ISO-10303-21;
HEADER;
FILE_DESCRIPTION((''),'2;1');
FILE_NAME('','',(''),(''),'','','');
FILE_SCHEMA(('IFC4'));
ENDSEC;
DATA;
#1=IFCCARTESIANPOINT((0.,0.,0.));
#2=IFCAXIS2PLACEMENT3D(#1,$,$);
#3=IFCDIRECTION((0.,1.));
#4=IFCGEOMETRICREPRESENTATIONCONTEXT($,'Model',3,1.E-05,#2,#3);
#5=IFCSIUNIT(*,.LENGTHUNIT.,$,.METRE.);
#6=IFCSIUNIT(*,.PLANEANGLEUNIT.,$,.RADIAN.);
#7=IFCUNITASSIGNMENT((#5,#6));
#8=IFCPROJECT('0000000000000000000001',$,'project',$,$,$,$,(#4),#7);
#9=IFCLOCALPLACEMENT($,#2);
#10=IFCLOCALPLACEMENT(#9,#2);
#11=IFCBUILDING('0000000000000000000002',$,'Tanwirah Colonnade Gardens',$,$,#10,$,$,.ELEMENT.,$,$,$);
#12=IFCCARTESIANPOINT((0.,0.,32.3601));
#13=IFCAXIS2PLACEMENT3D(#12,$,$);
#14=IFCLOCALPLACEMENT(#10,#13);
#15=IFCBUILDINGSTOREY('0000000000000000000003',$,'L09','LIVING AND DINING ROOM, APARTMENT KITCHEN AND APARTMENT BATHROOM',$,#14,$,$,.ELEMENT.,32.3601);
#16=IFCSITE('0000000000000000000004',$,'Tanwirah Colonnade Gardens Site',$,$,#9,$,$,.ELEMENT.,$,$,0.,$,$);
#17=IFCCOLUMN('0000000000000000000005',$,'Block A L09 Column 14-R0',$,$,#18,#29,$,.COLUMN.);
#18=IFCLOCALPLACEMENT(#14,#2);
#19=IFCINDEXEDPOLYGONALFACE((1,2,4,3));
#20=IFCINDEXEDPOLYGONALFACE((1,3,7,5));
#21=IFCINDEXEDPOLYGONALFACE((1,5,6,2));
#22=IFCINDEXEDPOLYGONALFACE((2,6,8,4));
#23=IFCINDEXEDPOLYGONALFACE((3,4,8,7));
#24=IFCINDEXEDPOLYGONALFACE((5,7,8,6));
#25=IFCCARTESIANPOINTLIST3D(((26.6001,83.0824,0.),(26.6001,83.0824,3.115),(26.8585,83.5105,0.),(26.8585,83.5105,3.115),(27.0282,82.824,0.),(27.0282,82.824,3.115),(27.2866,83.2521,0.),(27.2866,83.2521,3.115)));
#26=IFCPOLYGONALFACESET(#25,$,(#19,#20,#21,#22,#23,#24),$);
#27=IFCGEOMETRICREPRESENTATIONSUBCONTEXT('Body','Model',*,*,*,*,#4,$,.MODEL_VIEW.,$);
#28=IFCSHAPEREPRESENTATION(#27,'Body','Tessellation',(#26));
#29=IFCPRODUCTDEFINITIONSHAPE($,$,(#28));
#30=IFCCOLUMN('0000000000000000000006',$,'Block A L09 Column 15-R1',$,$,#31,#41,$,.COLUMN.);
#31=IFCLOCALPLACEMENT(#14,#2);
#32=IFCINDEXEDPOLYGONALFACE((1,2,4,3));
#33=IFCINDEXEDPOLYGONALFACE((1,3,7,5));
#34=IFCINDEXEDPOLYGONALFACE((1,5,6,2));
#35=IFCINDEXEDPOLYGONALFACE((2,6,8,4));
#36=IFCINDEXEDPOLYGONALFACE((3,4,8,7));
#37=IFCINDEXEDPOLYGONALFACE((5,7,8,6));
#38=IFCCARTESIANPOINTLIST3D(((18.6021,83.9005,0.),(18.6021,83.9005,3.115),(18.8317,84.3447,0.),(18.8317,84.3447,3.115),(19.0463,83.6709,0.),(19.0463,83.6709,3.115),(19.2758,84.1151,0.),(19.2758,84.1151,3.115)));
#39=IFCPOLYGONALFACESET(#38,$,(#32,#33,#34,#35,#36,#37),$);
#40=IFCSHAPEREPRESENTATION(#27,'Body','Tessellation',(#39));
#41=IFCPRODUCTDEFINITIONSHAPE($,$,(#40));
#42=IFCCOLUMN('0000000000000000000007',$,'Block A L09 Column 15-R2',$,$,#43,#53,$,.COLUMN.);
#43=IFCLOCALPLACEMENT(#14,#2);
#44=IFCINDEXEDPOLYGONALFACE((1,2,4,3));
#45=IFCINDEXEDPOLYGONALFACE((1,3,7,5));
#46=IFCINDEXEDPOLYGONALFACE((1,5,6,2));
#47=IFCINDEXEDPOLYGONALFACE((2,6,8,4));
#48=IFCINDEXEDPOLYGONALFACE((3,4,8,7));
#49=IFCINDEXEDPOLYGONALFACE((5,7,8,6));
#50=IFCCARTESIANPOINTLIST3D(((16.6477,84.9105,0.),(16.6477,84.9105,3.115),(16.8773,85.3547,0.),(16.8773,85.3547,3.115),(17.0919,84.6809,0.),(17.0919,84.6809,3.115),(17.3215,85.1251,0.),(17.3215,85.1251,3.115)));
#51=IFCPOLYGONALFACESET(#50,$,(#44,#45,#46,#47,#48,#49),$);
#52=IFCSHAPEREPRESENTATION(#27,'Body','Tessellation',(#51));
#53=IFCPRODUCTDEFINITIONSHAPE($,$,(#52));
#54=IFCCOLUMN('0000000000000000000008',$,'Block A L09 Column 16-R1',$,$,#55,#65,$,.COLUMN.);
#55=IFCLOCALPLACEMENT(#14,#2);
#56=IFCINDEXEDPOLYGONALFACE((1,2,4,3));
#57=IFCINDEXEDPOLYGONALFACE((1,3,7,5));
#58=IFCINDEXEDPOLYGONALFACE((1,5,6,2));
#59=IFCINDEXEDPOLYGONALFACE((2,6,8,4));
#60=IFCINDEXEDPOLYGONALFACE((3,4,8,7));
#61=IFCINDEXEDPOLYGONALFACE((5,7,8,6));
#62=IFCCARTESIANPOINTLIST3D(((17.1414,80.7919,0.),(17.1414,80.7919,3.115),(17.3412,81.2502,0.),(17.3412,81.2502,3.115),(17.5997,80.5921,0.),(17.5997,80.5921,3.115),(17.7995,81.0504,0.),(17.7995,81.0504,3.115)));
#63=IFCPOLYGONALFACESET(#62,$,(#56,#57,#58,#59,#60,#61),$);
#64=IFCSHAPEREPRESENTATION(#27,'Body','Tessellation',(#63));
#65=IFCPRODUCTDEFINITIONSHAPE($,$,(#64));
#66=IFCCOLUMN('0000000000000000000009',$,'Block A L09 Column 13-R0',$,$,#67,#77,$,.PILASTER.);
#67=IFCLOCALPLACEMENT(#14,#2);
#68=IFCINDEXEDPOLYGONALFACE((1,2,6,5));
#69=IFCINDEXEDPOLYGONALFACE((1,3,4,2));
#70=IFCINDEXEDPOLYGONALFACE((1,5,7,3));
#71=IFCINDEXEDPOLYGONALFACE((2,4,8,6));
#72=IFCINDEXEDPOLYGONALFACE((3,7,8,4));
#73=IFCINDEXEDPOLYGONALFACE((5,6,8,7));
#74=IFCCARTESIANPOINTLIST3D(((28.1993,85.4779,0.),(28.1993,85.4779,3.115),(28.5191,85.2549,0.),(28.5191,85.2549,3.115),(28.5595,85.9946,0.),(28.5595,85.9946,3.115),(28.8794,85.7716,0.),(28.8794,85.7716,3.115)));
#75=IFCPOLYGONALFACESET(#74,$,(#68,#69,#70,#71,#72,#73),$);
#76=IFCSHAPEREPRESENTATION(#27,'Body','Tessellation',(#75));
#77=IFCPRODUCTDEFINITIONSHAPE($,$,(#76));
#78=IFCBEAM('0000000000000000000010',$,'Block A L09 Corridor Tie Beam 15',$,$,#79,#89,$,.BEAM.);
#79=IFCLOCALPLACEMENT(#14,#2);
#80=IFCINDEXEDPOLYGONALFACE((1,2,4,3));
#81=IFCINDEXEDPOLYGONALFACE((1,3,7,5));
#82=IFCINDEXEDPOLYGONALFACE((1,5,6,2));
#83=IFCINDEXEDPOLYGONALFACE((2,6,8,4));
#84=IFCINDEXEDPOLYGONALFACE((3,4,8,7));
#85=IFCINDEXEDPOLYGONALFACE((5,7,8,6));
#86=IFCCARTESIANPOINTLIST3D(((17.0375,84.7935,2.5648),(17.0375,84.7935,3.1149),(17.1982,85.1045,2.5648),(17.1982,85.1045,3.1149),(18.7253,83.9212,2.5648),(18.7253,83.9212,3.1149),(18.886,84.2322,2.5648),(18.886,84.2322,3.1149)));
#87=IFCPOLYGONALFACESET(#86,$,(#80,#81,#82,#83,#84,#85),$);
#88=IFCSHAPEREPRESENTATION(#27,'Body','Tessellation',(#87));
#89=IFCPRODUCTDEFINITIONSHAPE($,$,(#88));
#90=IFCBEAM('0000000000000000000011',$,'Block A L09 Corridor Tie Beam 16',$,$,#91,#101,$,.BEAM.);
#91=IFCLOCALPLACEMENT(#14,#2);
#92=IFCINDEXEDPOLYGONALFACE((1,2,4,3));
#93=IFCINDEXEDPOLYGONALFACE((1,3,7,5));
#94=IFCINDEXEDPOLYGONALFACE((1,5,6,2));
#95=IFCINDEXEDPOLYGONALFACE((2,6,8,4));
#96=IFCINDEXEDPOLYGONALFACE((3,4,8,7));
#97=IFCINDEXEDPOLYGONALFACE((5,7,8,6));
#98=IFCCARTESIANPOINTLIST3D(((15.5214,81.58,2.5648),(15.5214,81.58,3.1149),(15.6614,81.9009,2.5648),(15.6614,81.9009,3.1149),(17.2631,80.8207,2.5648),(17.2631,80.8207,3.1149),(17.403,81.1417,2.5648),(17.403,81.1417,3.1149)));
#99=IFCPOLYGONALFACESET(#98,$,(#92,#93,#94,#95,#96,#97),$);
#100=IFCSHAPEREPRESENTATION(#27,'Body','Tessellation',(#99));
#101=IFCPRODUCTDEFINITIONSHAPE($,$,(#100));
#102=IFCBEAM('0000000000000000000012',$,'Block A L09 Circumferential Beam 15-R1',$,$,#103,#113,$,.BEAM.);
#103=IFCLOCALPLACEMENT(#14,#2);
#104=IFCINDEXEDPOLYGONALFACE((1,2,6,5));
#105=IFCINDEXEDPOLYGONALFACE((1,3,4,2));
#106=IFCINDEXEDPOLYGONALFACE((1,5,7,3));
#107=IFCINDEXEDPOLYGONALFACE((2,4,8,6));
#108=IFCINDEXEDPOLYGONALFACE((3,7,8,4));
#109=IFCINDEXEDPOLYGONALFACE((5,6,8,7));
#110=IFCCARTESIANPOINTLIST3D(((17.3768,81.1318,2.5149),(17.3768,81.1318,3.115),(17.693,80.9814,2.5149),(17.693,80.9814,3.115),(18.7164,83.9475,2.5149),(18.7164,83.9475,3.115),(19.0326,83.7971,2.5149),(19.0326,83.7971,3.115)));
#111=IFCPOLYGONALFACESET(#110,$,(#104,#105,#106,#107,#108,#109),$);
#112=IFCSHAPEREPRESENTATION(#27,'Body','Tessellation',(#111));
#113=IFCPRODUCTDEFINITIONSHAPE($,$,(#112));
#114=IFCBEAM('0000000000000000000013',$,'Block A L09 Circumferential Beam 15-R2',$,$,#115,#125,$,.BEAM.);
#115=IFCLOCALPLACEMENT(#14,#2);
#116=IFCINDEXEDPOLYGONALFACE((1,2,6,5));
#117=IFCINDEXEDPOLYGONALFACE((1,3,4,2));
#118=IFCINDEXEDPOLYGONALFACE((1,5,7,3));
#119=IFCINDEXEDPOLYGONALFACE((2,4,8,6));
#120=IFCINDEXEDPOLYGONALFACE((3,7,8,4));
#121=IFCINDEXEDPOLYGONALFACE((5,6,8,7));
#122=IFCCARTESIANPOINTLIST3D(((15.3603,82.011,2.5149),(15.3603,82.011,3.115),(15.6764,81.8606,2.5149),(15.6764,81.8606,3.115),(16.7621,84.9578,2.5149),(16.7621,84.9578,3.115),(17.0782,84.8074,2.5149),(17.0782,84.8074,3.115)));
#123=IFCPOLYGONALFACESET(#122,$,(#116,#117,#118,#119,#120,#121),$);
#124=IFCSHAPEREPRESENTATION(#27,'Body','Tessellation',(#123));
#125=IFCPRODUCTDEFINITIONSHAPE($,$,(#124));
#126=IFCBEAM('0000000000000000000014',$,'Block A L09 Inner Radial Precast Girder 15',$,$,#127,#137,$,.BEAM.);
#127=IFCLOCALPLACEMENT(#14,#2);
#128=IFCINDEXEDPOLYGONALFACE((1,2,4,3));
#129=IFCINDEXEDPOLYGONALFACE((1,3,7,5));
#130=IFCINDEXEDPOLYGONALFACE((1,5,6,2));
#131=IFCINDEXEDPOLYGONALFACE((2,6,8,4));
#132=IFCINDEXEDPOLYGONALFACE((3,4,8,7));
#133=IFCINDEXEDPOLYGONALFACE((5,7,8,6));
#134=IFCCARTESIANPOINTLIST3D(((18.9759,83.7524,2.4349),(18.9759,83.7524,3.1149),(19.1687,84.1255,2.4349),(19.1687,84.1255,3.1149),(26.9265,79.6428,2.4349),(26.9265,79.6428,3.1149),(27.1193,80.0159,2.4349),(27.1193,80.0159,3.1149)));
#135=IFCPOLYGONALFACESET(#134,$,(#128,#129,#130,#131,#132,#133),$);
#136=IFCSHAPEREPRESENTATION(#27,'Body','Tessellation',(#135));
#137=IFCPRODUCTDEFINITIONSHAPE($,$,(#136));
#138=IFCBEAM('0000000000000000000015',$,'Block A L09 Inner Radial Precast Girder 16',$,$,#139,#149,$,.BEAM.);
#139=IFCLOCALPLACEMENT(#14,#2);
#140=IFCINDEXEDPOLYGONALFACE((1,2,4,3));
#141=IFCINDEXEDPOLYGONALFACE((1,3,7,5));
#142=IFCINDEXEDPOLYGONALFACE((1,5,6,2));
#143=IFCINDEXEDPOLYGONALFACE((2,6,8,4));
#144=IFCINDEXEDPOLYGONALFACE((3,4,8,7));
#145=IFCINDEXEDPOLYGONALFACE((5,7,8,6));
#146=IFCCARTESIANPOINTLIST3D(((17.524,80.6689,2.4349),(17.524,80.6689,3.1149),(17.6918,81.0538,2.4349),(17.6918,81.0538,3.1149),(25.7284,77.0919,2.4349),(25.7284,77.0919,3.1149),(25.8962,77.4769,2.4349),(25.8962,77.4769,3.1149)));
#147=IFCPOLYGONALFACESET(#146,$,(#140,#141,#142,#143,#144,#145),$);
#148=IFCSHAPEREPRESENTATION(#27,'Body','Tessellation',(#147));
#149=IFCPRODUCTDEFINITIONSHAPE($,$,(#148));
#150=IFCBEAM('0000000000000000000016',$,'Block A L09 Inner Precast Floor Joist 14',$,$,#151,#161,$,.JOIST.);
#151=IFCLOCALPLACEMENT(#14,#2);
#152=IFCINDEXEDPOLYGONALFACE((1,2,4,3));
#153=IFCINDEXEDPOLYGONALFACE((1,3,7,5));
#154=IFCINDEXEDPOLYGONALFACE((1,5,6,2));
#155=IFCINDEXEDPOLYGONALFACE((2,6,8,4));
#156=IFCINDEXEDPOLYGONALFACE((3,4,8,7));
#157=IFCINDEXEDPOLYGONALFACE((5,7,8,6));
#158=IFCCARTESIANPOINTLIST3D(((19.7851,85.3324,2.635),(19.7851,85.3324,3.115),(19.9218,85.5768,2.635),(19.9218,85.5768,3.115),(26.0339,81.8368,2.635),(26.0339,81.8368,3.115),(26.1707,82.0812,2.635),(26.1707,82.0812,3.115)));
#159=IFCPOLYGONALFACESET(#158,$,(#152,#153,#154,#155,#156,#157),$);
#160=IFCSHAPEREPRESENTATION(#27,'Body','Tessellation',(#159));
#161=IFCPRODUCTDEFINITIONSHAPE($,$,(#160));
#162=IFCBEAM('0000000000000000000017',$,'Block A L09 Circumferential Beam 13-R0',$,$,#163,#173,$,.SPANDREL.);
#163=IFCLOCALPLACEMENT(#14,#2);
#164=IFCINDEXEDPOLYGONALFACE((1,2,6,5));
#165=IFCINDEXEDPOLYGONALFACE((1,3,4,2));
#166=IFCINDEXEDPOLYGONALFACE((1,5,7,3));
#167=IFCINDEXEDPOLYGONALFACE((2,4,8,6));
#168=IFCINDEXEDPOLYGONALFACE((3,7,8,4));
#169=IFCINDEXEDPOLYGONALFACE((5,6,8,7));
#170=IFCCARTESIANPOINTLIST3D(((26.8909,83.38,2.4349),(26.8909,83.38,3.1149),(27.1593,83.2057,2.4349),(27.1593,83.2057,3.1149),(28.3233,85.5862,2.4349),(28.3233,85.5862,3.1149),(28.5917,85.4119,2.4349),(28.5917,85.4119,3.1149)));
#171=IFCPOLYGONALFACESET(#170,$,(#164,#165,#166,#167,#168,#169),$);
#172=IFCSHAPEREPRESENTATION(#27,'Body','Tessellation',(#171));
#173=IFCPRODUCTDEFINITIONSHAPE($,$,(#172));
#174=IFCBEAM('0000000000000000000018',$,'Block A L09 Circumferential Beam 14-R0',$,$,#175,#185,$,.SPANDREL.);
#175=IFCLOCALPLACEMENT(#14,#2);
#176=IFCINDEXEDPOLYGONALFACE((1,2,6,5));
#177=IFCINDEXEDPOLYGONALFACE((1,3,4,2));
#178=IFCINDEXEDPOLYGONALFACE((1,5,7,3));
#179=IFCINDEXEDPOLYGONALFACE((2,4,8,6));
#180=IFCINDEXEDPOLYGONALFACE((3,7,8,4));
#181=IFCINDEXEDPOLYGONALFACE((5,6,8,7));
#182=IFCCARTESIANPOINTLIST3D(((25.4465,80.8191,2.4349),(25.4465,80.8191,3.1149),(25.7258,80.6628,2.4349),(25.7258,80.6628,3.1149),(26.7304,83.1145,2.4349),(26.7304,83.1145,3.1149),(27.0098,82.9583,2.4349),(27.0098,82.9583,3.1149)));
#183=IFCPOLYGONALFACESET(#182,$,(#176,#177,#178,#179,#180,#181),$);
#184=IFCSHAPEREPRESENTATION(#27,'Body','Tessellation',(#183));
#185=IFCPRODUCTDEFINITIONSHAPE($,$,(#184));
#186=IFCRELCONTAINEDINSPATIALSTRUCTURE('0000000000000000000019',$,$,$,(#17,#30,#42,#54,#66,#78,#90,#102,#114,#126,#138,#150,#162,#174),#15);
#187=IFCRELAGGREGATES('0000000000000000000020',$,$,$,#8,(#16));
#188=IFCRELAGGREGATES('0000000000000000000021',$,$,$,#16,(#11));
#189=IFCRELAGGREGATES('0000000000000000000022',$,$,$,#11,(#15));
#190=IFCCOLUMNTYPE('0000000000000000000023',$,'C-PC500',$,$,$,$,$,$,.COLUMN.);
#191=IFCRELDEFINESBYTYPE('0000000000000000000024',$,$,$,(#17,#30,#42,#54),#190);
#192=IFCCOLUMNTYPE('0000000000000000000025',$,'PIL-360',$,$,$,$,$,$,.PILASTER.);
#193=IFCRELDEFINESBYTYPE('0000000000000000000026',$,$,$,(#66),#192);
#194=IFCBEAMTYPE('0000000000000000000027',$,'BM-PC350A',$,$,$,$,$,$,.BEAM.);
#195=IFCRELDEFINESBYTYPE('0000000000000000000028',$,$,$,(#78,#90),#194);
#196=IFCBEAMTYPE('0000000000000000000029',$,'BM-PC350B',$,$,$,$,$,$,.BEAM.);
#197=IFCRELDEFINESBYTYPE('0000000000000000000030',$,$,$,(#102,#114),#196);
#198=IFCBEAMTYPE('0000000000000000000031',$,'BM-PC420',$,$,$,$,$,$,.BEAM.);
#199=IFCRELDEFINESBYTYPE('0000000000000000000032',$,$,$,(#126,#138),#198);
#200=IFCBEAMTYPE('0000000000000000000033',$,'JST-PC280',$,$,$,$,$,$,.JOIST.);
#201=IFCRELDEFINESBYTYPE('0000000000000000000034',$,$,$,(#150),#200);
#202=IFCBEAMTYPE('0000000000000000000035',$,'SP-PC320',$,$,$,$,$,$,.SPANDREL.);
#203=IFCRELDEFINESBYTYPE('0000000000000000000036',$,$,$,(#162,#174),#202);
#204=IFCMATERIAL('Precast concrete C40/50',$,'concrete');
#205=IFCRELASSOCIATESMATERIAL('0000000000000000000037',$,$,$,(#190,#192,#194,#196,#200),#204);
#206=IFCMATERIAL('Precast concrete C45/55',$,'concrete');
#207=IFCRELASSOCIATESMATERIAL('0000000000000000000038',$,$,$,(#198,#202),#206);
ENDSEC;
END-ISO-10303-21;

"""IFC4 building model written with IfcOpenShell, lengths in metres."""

from ifc_helpers import new_model, si_unit, direction, frame, origin, origin_2d, place, context, subcontext, project, spatial, rectangle, extrude, material, material_profile, profile_set, type_object, element, save


model = new_model("IFC4")

# Units and contexts
model_context = context("Model", 3, precision=1e-05, world=origin(), true_north=direction((0.0, 1.0)))
body_context = subcontext(model_context, "Body", "Model", "MODEL_VIEW")
ifc_project = project(units=[si_unit("LENGTHUNIT", "METRE"), si_unit("PLANEANGLEUNIT", "RADIAN")], contexts=[model_context])

# Site, building, storey
site_placement = place(None, origin())
site = spatial("IfcSite", under=ifc_project, at=site_placement, Name="Tanwirah Colonnade Gardens Site", CompositionType="ELEMENT", RefElevation=0.0)
building_placement = place(site_placement, origin())
building = spatial("IfcBuilding", under=site, at=building_placement, Name="Tanwirah Colonnade Gardens", CompositionType="ELEMENT")
storey_placement = place(building_placement, frame((0.0, 0.0, 32.3601)))
storey = spatial("IfcBuildingStorey", under=building, at=storey_placement, Name="L09", Description="LIVING AND DINING ROOM, APARTMENT KITCHEN AND APARTMENT BATHROOM", CompositionType="ELEMENT", Elevation=32.3601)

# Columns
ifc_material_1 = material(Name="Precast concrete C40/50", Category="concrete")
ifc_material_profile_1 = material_profile(ifc_material_1, rectangle(XDim=0.5, YDim=0.5, at=origin_2d()), Name="PC-COL 500x500")
ifc_profile_set_1 = profile_set([ifc_material_profile_1], Name="Precast concrete C40/50")
column_type_1 = type_object("IfcColumnType", Name="C-PC500", PredefinedType="COLUMN", material=ifc_profile_set_1)
for number, where, z_axis, x_axis, name in (
    (1, (26.9434, 83.1672, 0.0), (0.0, 0.0, 1.0), (-0.856167, 0.516699, 0.0), "Block A L09 Column 14-R0"),
    (2, (18.939, 84.0078, 0.0), (0.0, 0.0, 1.0), (-0.88835, 0.459166, 0.0), "Block A L09 Column 15-R1"),
    (3, (16.9846, 85.0178, 0.0), (0.0, 0.0, 1.0), (-0.88835, 0.459166, 0.0), "Block A L09 Column 15-R2"),
    (4, (17.4705, 80.9211, 0.0), (0.0, 0.0, 1.0), (-0.916673, 0.399638, 0.0), "Block A L09 Column 16-R1"),
):
    element("IfcColumn", number, at=place(storey_placement, frame(where, z_axis=z_axis, x_axis=x_axis)), inside=storey, type_object=column_type_1, Name=name, PredefinedType="COLUMN", context=body_context, shape_type="SweptSolid", body=[
        extrude(rectangle(XDim=0.5, YDim=0.5, at=origin_2d()), origin(), (0.0, 0.0, 1.0), 3.115),
    ])
ifc_material_profile_2 = material_profile(ifc_material_1, rectangle(XDim=0.3899, YDim=0.6299, at=origin_2d()), Name="PC-PIL 390x630")
ifc_profile_set_2 = profile_set([ifc_material_profile_2], Name="Precast concrete C40/50")
column_type_2 = type_object("IfcColumnType", Name="PIL-360", PredefinedType="PILASTER", material=ifc_profile_set_2)
column_placement = place(storey_placement, frame((28.5393, 85.6248, 0.0), z_axis=(0.0, 0.0, 1.0), x_axis=(-0.820263, 0.571987, 0.0)))
element("IfcColumn", 5, at=column_placement, inside=storey, type_object=column_type_2, Name="Block A L09 Column 13-R0", PredefinedType="PILASTER", context=body_context, shape_type="SweptSolid", body=[
    extrude(rectangle(XDim=0.3899, YDim=0.6299, at=origin_2d()), origin(), (0.0, 0.0, 1.0), 3.115),
])

# Beams
ifc_material_profile_3 = material_profile(ifc_material_1, rectangle(XDim=0.3501, YDim=0.55, at=origin_2d()), Name="PC-BM 350x550")
ifc_profile_set_3 = profile_set([ifc_material_profile_3], Name="Precast concrete C40/50")
beam_type_1 = type_object("IfcBeamType", Name="BM-PC350A", PredefinedType="BEAM", material=ifc_profile_set_3)
for number, where, z_axis, x_axis, name in (
    (6, (18.8057, 84.0767, 2.8398), (-0.888359, 0.45915, 0.0), (-0.45915, -0.888359, 0.0), "Block A L09 Corridor Tie Beam 15"),
    (7, (17.333, 80.9812, 2.8398), (-0.916681, 0.399619, 0.0), (-0.399619, -0.916681, 0.0), "Block A L09 Corridor Tie Beam 16"),
):
    element("IfcBeam", number, at=place(storey_placement, frame(where, z_axis=z_axis, x_axis=x_axis)), inside=storey, type_object=beam_type_1, Name=name, PredefinedType="BEAM", context=body_context, shape_type="SweptSolid", body=[
        extrude(rectangle(XDim=0.3501, YDim=0.55, at=origin_2d()), origin(), (0.0, 0.0, 1.0), 1.8999),
    ])
ifc_material_profile_4 = material_profile(ifc_material_1, rectangle(XDim=0.3501, YDim=0.6001, at=origin_2d()), Name="PC-BM 350x600")
ifc_profile_set_4 = profile_set([ifc_material_profile_4], Name="Precast concrete C40/50")
beam_type_2 = type_object("IfcBeamType", Name="BM-PC350B", PredefinedType="BEAM", material=ifc_profile_set_4)
beam_1_placement = place(storey_placement, frame((18.8745, 83.8723, 2.8149), z_axis=(-0.429621, -0.90301, 0.0), x_axis=(0.90301, -0.429621, 0.0)))
element("IfcBeam", 8, at=beam_1_placement, inside=storey, type_object=beam_type_2, Name="Block A L09 Circumferential Beam 15-R1", PredefinedType="BEAM", context=body_context, shape_type="SweptSolid", body=[
    extrude(rectangle(XDim=0.3501, YDim=0.6001, at=origin_2d()), origin(), (0.0, 0.0, 1.0), 3.1182),
])
beam_2_placement = place(storey_placement, frame((16.9202, 84.8826, 2.8149), z_axis=(-0.429591, -0.903024, 0.0), x_axis=(0.903024, -0.429591, 0.0)))
element("IfcBeam", 9, at=beam_2_placement, inside=storey, type_object=beam_type_2, Name="Block A L09 Circumferential Beam 15-R2", PredefinedType="BEAM", context=body_context, shape_type="SweptSolid", body=[
    extrude(rectangle(XDim=0.3501, YDim=0.6001, at=origin_2d()), origin(), (0.0, 0.0, 1.0), 3.2632),
])
ifc_material_2 = material(Name="Precast concrete C45/55", Category="concrete")
ifc_material_profile_5 = material_profile(ifc_material_2, rectangle(XDim=0.4199, YDim=0.6799, at=origin_2d()), Name="PC-BM 420x680")
ifc_profile_set_5 = profile_set([ifc_material_profile_5], Name="Precast concrete C45/55")
beam_type_3 = type_object("IfcBeamType", Name="BM-PC420", PredefinedType="BEAM", material=ifc_profile_set_5)
beam_3_placement = place(storey_placement, frame((19.0723, 83.939, 2.7749), z_axis=(0.888345, -0.459176, 0.0), x_axis=(0.459176, 0.888345, 0.0)))
element("IfcBeam", 10, at=beam_3_placement, inside=storey, type_object=beam_type_3, Name="Block A L09 Inner Radial Precast Girder 15", PredefinedType="BEAM", context=body_context, shape_type="SweptSolid", body=[
    extrude(rectangle(XDim=0.4199, YDim=0.6799, at=origin_2d()), origin(), (0.0, 0.0, 1.0), 8.95),
])
beam_4_placement = place(storey_placement, frame((17.6079, 80.8613, 2.7749), z_axis=(0.916669, -0.399647, 0.0), x_axis=(0.399647, 0.916669, 0.0)))
element("IfcBeam", 11, at=beam_4_placement, inside=storey, type_object=beam_type_3, Name="Block A L09 Inner Radial Precast Girder 16", PredefinedType="BEAM", context=body_context, shape_type="SweptSolid", body=[
    extrude(rectangle(XDim=0.4199, YDim=0.6799, at=origin_2d()), origin(), (0.0, 0.0, 1.0), 8.9502),
])
ifc_material_profile_6 = material_profile(ifc_material_1, rectangle(XDim=0.28, YDim=0.48, at=origin_2d()), Name="PC-JST 280x480")
ifc_profile_set_6 = profile_set([ifc_material_profile_6], Name="Precast concrete C40/50")
beam_type_4 = type_object("IfcBeamType", Name="JST-PC280", PredefinedType="JOIST", material=ifc_profile_set_6)
beam_5_placement = place(storey_placement, frame((26.1023, 81.959, 2.875), z_axis=(-0.872727, 0.488209, 0.0), x_axis=(-0.488209, -0.872727, 0.0)))
element("IfcBeam", 12, at=beam_5_placement, inside=storey, type_object=beam_type_4, Name="Block A L09 Inner Precast Floor Joist 14", PredefinedType="JOIST", context=body_context, shape_type="SweptSolid", body=[
    extrude(rectangle(XDim=0.28, YDim=0.48, at=origin_2d()), origin(), (0.0, 0.0, 1.0), 7.1602),
])
ifc_material_profile_7 = material_profile(ifc_material_2, rectangle(XDim=0.3201, YDim=0.6799, at=origin_2d()), Name="PC-SP 320x680")
ifc_profile_set_7 = profile_set([ifc_material_profile_7], Name="Precast concrete C45/55")
beam_type_5 = type_object("IfcBeamType", Name="SP-PC320", PredefinedType="SPANDREL", material=ifc_profile_set_7)
beam_6_placement = place(storey_placement, frame((28.4575, 85.499, 2.7749), z_axis=(-0.544571, -0.838715, 0.0), x_axis=(0.838715, -0.544571, 0.0)))
element("IfcBeam", 13, at=beam_6_placement, inside=storey, type_object=beam_type_5, Name="Block A L09 Circumferential Beam 13-R0", PredefinedType="SPANDREL", context=body_context, shape_type="SweptSolid", body=[
    extrude(rectangle(XDim=0.3201, YDim=0.6799, at=origin_2d()), origin(), (0.0, 0.0, 1.0), 2.6304),
])
beam_7_placement = place(storey_placement, frame((26.8701, 83.0364, 2.7749), z_axis=(-0.488171, -0.872748, 0.0), x_axis=(0.872748, -0.488171, 0.0)))
element("IfcBeam", 14, at=beam_7_placement, inside=storey, type_object=beam_type_5, Name="Block A L09 Circumferential Beam 14-R0", PredefinedType="SPANDREL", context=body_context, shape_type="SweptSolid", body=[
    extrude(rectangle(XDim=0.3201, YDim=0.6799, at=origin_2d()), origin(), (0.0, 0.0, 1.0), 2.6301),
])

save(model, "model.ifc")
